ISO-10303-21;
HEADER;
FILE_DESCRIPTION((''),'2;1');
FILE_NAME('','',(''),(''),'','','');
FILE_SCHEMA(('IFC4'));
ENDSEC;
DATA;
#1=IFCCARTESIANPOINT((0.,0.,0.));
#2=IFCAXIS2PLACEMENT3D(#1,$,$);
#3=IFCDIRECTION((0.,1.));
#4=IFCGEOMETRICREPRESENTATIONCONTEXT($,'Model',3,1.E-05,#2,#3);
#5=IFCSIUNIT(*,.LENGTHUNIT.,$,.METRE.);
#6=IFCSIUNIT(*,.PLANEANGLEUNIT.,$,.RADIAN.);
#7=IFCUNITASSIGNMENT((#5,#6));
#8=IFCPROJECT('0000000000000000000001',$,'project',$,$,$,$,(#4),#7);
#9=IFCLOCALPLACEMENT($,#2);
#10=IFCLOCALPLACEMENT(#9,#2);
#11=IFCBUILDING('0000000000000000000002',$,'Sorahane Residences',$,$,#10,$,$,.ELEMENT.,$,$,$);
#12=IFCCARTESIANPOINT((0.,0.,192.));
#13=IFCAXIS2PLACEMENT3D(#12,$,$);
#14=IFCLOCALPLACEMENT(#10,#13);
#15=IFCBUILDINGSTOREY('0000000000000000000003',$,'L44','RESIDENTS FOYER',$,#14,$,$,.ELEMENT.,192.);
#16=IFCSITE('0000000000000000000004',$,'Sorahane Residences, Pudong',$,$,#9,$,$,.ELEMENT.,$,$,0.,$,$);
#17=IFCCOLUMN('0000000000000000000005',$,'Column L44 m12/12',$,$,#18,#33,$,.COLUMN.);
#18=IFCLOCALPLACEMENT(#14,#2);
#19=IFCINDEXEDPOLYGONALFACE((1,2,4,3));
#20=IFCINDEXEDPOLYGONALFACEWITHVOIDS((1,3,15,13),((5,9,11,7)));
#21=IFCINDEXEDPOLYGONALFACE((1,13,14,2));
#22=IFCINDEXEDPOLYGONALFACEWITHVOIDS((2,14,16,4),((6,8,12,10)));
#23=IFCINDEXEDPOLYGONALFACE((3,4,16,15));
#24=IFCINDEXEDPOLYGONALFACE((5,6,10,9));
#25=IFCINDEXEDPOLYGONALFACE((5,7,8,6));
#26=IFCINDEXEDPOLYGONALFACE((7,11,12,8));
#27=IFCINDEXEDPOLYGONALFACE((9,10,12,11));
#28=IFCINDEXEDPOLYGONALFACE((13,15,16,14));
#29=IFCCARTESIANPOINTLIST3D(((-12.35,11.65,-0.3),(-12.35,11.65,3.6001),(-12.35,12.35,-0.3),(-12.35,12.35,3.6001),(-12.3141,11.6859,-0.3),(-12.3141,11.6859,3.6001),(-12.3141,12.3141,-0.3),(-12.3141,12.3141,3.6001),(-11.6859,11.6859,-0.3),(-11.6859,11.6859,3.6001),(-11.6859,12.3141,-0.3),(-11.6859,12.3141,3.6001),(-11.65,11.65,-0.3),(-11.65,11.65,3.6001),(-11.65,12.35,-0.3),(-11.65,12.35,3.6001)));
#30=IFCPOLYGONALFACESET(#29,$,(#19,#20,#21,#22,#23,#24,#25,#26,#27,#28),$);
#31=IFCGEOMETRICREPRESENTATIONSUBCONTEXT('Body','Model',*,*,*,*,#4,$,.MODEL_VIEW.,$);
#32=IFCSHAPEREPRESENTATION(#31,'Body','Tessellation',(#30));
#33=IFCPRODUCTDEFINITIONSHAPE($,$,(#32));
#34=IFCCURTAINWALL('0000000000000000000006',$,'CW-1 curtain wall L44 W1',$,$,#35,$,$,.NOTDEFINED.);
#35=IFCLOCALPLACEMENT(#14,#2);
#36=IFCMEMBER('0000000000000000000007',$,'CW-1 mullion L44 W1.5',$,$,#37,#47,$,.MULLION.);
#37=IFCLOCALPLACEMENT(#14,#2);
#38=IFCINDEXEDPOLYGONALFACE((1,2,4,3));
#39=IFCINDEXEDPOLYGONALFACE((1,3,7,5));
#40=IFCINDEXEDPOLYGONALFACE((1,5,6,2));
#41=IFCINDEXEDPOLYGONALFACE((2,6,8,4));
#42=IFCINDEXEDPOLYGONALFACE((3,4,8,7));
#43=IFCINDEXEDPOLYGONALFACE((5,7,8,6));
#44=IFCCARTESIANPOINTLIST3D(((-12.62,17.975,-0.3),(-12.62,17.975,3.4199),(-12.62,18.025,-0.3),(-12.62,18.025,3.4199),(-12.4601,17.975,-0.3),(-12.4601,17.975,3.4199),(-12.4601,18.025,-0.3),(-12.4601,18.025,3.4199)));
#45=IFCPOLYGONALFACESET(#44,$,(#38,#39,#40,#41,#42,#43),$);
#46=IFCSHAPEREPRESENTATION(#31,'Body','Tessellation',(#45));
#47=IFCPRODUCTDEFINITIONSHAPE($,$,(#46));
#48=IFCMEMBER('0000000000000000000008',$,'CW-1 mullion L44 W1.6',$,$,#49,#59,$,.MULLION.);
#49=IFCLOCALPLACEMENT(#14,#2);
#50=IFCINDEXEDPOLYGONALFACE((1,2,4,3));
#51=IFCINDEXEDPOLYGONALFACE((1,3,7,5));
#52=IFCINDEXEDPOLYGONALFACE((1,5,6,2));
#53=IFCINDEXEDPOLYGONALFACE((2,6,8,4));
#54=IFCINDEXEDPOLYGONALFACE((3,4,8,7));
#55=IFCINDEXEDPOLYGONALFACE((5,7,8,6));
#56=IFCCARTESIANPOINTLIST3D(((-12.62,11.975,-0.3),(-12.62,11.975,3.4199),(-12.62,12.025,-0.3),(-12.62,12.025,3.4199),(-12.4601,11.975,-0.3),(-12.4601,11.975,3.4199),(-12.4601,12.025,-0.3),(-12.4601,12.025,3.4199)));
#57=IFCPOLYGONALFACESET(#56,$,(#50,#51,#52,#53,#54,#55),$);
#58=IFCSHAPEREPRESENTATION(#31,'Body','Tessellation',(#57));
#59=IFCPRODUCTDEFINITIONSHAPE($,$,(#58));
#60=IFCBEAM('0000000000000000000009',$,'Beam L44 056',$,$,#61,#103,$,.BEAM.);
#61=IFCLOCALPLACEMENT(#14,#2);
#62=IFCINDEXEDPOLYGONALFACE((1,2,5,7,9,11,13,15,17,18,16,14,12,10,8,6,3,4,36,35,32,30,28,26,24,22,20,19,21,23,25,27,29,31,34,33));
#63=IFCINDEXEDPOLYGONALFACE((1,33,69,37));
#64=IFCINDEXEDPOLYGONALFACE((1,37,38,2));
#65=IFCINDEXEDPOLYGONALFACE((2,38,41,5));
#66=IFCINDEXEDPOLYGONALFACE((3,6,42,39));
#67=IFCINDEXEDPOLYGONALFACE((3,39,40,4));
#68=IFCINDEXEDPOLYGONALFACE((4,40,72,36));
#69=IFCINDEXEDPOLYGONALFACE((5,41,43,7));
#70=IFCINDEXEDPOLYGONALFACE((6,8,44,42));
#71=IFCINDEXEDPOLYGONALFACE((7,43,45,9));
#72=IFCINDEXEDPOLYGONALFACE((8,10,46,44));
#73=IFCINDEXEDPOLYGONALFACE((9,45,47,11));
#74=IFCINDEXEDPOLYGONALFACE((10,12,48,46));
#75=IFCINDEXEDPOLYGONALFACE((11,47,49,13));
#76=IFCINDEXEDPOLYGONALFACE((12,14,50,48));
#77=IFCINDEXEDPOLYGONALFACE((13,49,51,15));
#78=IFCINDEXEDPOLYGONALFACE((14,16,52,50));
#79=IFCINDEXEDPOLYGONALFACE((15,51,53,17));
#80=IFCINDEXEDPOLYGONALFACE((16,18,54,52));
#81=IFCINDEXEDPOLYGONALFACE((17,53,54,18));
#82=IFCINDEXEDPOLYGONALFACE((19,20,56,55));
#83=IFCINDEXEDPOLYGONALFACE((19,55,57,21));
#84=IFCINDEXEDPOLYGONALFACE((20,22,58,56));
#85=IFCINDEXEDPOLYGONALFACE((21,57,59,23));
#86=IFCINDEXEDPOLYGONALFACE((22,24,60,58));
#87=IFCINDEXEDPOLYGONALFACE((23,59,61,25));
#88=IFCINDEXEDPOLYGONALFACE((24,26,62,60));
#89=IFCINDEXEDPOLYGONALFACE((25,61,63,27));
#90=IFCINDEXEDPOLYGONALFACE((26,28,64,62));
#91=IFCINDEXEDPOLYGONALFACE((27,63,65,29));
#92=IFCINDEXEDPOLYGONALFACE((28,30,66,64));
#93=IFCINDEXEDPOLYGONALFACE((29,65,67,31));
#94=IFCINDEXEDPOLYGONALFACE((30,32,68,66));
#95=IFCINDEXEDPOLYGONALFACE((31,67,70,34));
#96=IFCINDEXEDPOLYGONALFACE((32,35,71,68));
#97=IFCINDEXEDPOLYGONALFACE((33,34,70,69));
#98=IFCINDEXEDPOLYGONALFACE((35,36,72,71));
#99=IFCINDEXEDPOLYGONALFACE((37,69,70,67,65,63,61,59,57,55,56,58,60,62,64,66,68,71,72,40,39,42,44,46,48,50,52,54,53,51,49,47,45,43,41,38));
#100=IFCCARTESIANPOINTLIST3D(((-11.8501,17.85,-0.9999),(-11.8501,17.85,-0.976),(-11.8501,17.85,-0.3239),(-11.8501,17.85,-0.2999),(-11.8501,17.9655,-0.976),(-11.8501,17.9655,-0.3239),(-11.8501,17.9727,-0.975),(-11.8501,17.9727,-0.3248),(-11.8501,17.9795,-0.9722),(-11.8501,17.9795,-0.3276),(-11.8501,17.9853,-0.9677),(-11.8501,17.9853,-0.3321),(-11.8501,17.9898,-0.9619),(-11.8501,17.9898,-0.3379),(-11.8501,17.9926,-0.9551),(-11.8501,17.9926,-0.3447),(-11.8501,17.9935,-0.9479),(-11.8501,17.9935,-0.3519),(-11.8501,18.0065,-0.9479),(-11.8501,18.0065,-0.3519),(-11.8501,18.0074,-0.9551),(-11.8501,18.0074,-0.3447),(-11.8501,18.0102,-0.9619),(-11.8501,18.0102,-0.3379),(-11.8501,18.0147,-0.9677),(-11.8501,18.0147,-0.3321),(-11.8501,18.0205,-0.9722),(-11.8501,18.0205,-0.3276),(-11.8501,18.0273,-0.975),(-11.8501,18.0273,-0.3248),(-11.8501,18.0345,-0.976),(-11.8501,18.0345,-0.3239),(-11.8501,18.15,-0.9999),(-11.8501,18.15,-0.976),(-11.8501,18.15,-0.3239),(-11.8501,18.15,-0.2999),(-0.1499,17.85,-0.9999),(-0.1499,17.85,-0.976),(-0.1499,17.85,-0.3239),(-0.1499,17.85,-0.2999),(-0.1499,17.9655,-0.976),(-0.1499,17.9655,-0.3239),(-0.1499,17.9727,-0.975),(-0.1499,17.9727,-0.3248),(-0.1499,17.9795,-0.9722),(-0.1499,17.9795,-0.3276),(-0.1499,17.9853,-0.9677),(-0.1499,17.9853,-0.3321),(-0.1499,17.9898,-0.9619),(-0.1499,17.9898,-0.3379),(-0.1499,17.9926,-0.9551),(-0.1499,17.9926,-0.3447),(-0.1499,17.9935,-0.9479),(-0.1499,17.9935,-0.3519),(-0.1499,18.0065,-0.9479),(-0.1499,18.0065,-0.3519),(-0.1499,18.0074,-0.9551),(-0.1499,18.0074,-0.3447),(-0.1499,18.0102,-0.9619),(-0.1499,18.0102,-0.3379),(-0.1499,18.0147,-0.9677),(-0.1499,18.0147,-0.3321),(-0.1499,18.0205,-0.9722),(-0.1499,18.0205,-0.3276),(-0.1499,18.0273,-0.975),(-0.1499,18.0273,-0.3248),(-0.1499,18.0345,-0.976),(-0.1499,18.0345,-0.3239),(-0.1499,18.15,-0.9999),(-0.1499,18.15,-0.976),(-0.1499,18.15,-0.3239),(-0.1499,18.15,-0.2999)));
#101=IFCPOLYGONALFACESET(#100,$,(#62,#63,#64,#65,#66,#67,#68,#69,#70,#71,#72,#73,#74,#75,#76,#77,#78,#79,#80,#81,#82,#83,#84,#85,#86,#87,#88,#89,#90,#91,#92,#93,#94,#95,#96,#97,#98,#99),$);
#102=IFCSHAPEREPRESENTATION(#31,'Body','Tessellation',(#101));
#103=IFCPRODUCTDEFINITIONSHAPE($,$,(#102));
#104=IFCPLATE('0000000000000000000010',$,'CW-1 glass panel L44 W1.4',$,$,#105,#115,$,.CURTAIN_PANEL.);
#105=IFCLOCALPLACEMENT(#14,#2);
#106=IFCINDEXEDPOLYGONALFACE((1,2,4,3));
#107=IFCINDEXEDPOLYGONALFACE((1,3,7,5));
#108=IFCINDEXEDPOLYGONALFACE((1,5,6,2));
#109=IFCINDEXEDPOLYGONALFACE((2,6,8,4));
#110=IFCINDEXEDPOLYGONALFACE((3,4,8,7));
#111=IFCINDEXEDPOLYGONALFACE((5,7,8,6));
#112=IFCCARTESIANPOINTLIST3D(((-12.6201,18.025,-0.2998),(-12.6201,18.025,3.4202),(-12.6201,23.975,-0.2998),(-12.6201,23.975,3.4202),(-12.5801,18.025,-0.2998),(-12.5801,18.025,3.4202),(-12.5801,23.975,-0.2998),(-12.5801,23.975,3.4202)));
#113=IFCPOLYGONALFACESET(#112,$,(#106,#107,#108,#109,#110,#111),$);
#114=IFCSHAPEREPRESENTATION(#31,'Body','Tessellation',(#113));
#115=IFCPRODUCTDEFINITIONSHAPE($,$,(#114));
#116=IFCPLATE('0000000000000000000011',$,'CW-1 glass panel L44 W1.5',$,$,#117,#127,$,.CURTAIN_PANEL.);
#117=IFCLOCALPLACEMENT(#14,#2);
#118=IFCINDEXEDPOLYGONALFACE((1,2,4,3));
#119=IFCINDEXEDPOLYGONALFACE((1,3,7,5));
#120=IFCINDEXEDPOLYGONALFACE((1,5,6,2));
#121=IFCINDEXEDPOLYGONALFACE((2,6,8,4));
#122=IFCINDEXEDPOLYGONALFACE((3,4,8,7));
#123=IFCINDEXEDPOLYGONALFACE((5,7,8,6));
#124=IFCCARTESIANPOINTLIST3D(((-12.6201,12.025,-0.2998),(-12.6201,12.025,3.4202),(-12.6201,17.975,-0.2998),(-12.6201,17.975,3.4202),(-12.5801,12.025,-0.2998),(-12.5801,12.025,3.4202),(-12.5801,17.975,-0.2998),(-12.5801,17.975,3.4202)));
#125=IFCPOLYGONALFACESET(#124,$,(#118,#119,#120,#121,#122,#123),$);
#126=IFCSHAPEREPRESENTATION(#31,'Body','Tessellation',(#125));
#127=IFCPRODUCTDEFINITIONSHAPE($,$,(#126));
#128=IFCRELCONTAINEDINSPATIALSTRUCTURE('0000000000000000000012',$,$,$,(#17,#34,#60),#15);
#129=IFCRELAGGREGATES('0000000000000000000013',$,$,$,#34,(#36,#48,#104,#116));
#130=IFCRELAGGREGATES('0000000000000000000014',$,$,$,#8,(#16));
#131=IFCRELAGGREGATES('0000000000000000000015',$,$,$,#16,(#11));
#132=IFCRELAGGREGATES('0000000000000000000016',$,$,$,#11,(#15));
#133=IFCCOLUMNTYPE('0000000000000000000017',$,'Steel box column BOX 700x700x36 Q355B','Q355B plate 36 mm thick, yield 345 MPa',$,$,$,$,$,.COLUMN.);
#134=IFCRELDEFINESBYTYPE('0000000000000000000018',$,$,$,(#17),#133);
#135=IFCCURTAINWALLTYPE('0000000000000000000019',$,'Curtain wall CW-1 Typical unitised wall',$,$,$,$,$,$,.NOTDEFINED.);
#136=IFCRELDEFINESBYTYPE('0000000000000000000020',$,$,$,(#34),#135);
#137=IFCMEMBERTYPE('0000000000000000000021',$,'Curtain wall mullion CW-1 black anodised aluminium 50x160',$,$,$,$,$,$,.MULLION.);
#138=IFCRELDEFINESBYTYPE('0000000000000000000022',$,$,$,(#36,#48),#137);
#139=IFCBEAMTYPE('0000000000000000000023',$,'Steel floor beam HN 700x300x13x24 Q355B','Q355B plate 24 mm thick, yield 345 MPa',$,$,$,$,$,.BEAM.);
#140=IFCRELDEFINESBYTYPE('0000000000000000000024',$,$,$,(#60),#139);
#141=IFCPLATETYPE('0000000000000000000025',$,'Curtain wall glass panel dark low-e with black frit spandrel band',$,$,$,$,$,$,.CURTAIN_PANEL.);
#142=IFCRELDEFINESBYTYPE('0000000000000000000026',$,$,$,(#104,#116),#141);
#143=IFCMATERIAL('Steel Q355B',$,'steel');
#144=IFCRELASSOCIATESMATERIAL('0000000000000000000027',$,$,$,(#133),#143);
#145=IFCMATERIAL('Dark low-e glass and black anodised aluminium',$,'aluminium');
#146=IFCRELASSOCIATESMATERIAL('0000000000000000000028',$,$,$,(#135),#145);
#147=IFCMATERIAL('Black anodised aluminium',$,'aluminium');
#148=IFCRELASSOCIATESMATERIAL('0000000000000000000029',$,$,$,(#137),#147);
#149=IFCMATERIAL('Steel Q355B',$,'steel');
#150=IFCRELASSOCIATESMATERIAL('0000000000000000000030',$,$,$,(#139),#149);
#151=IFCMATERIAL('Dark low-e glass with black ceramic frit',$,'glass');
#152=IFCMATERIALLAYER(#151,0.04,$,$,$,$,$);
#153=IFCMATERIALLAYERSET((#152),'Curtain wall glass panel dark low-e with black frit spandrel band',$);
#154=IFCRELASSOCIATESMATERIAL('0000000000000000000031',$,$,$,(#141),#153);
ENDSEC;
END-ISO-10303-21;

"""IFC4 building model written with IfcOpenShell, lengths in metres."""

from ifc_helpers import new_model, si_unit, direction, frame, origin, origin_2d, place, context, subcontext, project, spatial, rectangle, hollow_rectangle, i_section, extrude, material, layer, layer_set, material_profile, profile_set, type_object, element, aggregate, save


model = new_model("IFC4")

# Units and contexts
model_context = context("Model", 3, precision=1e-05, world=origin(), true_north=direction((0.0, 1.0)))
body_context = subcontext(model_context, "Body", "Model", "MODEL_VIEW")
ifc_project = project(units=[si_unit("LENGTHUNIT", "METRE"), si_unit("PLANEANGLEUNIT", "RADIAN")], contexts=[model_context])

# Site, building, storey
site_placement = place(None, origin())
site = spatial("IfcSite", under=ifc_project, at=site_placement, Name="Sorahane Residences, Pudong", CompositionType="ELEMENT", RefElevation=0.0)
building_placement = place(site_placement, origin())
building = spatial("IfcBuilding", under=site, at=building_placement, Name="Sorahane Residences", CompositionType="ELEMENT")
storey_placement = place(building_placement, frame((0.0, 0.0, 192.0)))
storey = spatial("IfcBuildingStorey", under=building, at=storey_placement, Name="L44", Description="RESIDENTS FOYER", CompositionType="ELEMENT", Elevation=192.0)

# Column
ifc_material_1 = material(Name="Steel Q355B", Category="steel")
ifc_material_profile_1 = material_profile(ifc_material_1, hollow_rectangle(XDim=0.7, YDim=0.7, WallThickness=0.0359, at=origin_2d()), Name="BOX 700x700x36")
ifc_profile_set_1 = profile_set([ifc_material_profile_1], Name="Steel Q355B")
column_type = type_object("IfcColumnType", Name="Steel box column BOX 700x700x36 Q355B", Description="Q355B plate 36 mm thick, yield 345 MPa", PredefinedType="COLUMN", material=ifc_profile_set_1)
column_placement = place(storey_placement, frame((-12.0, 12.0, -0.3), z_axis=(0.0, 0.0, 1.0), x_axis=(1.0, 0.0, 0.0)))
element("IfcColumn", 1, at=column_placement, inside=storey, type_object=column_type, Name="Column L44 m12/12", PredefinedType="COLUMN", context=body_context, shape_type="SweptSolid", body=[
    extrude(hollow_rectangle(XDim=0.7, YDim=0.7, WallThickness=0.0359, at=origin_2d()), origin(), (0.0, 0.0, 1.0), 3.9001),
])

# Curtain wall, members
ifc_material_2 = material(Name="Dark low-e glass and black anodised aluminium", Category="aluminium")
curtain_wall_type = type_object("IfcCurtainWallType", Name="Curtain wall CW-1 Typical unitised wall", PredefinedType="NOTDEFINED", material=ifc_material_2)
curtain_wall_placement = place(storey_placement, origin())
curtain_wall = element("IfcCurtainWall", 2, at=curtain_wall_placement, inside=storey, type_object=curtain_wall_type, Name="CW-1 curtain wall L44 W1", PredefinedType="NOTDEFINED")
ifc_material_3 = material(Name="Black anodised aluminium", Category="aluminium")
ifc_material_profile_2 = material_profile(ifc_material_3, rectangle(XDim=0.1599, YDim=0.05, at=origin_2d()), Name="Curtain wall mullion CW-1 black anodised aluminium 50x160")
ifc_profile_set_2 = profile_set([ifc_material_profile_2], Name="Black anodised aluminium")
member_type = type_object("IfcMemberType", Name="Curtain wall mullion CW-1 black anodised aluminium 50x160", PredefinedType="MULLION", material=ifc_profile_set_2)
member_1_placement = place(storey_placement, frame((-12.54, 18.0, -0.3), z_axis=(0.0, 0.0, 1.0), x_axis=(-1.0, 0.0, 0.0)))
member_1 = element("IfcMember", 3, at=member_1_placement, type_object=member_type, Name="CW-1 mullion L44 W1.5", PredefinedType="MULLION", context=body_context, shape_type="SweptSolid", body=[
    extrude(rectangle(XDim=0.1599, YDim=0.05, at=origin_2d()), origin(), (0.0, 0.0, 1.0), 3.72),
])
member_2_placement = place(storey_placement, frame((-12.54, 12.0, -0.3), z_axis=(0.0, 0.0, 1.0), x_axis=(-1.0, 0.0, 0.0)))
member_2 = element("IfcMember", 4, at=member_2_placement, type_object=member_type, Name="CW-1 mullion L44 W1.6", PredefinedType="MULLION", context=body_context, shape_type="SweptSolid", body=[
    extrude(rectangle(XDim=0.1599, YDim=0.05, at=origin_2d()), origin(), (0.0, 0.0, 1.0), 3.72),
])

# Beam
ifc_material_4 = material(Name="Steel Q355B", Category="steel")
ifc_material_profile_3 = material_profile(ifc_material_4, i_section(OverallWidth=0.3, OverallDepth=0.7, WebThickness=0.0129, FlangeThickness=0.0239, FilletRadius=0.0281, at=origin_2d()), Name="HN 700x300x13x24")
ifc_profile_set_3 = profile_set([ifc_material_profile_3], Name="Steel Q355B")
beam_type = type_object("IfcBeamType", Name="Steel floor beam HN 700x300x13x24 Q355B", Description="Q355B plate 24 mm thick, yield 345 MPa", PredefinedType="BEAM", material=ifc_profile_set_3)
beam_placement = place(storey_placement, frame((-11.8501, 18.0, -0.6499), z_axis=(1.0, 0.0, 0.0), x_axis=(0.0, 1.0, 0.0)))
element("IfcBeam", 5, at=beam_placement, inside=storey, type_object=beam_type, Name="Beam L44 056", PredefinedType="BEAM", context=body_context, shape_type="SweptSolid", body=[
    extrude(i_section(OverallWidth=0.3, OverallDepth=0.7, WebThickness=0.0129, FlangeThickness=0.0239, FilletRadius=0.0281, at=origin_2d()), origin(), (0.0, 0.0, 1.0), 11.7002),
])

# Plates
ifc_material_5 = material(Name="Dark low-e glass with black ceramic frit", Category="glass")
ifc_layer_1 = layer(ifc_material_5, 0.04)
ifc_layer_set_1 = layer_set([ifc_layer_1], Name="Curtain wall glass panel dark low-e with black frit spandrel band")
plate_type = type_object("IfcPlateType", Name="Curtain wall glass panel dark low-e with black frit spandrel band", PredefinedType="CURTAIN_PANEL", material=ifc_layer_set_1)
plate_1_placement = place(storey_placement, frame((-12.6001, 21.0, -0.2998), z_axis=(0.0, 0.0, 1.0), x_axis=(0.0, -1.0, 0.0)))
plate_1 = element("IfcPlate", 6, at=plate_1_placement, type_object=plate_type, Name="CW-1 glass panel L44 W1.4", PredefinedType="CURTAIN_PANEL", context=body_context, shape_type="SweptSolid", body=[
    extrude(rectangle(XDim=5.95, YDim=0.04, at=origin_2d()), origin(), (0.0, 0.0, 1.0), 3.72),
])
plate_2_placement = place(storey_placement, frame((-12.6001, 15.0, -0.2998), z_axis=(0.0, 0.0, 1.0), x_axis=(0.0, -1.0, 0.0)))
plate_2 = element("IfcPlate", 7, at=plate_2_placement, type_object=plate_type, Name="CW-1 glass panel L44 W1.5", PredefinedType="CURTAIN_PANEL", context=body_context, shape_type="SweptSolid", body=[
    extrude(rectangle(XDim=5.95, YDim=0.04, at=origin_2d()), origin(), (0.0, 0.0, 1.0), 3.72),
])
aggregate(curtain_wall, [member_1, member_2, plate_1, plate_2])

save(model, "model.ifc")
